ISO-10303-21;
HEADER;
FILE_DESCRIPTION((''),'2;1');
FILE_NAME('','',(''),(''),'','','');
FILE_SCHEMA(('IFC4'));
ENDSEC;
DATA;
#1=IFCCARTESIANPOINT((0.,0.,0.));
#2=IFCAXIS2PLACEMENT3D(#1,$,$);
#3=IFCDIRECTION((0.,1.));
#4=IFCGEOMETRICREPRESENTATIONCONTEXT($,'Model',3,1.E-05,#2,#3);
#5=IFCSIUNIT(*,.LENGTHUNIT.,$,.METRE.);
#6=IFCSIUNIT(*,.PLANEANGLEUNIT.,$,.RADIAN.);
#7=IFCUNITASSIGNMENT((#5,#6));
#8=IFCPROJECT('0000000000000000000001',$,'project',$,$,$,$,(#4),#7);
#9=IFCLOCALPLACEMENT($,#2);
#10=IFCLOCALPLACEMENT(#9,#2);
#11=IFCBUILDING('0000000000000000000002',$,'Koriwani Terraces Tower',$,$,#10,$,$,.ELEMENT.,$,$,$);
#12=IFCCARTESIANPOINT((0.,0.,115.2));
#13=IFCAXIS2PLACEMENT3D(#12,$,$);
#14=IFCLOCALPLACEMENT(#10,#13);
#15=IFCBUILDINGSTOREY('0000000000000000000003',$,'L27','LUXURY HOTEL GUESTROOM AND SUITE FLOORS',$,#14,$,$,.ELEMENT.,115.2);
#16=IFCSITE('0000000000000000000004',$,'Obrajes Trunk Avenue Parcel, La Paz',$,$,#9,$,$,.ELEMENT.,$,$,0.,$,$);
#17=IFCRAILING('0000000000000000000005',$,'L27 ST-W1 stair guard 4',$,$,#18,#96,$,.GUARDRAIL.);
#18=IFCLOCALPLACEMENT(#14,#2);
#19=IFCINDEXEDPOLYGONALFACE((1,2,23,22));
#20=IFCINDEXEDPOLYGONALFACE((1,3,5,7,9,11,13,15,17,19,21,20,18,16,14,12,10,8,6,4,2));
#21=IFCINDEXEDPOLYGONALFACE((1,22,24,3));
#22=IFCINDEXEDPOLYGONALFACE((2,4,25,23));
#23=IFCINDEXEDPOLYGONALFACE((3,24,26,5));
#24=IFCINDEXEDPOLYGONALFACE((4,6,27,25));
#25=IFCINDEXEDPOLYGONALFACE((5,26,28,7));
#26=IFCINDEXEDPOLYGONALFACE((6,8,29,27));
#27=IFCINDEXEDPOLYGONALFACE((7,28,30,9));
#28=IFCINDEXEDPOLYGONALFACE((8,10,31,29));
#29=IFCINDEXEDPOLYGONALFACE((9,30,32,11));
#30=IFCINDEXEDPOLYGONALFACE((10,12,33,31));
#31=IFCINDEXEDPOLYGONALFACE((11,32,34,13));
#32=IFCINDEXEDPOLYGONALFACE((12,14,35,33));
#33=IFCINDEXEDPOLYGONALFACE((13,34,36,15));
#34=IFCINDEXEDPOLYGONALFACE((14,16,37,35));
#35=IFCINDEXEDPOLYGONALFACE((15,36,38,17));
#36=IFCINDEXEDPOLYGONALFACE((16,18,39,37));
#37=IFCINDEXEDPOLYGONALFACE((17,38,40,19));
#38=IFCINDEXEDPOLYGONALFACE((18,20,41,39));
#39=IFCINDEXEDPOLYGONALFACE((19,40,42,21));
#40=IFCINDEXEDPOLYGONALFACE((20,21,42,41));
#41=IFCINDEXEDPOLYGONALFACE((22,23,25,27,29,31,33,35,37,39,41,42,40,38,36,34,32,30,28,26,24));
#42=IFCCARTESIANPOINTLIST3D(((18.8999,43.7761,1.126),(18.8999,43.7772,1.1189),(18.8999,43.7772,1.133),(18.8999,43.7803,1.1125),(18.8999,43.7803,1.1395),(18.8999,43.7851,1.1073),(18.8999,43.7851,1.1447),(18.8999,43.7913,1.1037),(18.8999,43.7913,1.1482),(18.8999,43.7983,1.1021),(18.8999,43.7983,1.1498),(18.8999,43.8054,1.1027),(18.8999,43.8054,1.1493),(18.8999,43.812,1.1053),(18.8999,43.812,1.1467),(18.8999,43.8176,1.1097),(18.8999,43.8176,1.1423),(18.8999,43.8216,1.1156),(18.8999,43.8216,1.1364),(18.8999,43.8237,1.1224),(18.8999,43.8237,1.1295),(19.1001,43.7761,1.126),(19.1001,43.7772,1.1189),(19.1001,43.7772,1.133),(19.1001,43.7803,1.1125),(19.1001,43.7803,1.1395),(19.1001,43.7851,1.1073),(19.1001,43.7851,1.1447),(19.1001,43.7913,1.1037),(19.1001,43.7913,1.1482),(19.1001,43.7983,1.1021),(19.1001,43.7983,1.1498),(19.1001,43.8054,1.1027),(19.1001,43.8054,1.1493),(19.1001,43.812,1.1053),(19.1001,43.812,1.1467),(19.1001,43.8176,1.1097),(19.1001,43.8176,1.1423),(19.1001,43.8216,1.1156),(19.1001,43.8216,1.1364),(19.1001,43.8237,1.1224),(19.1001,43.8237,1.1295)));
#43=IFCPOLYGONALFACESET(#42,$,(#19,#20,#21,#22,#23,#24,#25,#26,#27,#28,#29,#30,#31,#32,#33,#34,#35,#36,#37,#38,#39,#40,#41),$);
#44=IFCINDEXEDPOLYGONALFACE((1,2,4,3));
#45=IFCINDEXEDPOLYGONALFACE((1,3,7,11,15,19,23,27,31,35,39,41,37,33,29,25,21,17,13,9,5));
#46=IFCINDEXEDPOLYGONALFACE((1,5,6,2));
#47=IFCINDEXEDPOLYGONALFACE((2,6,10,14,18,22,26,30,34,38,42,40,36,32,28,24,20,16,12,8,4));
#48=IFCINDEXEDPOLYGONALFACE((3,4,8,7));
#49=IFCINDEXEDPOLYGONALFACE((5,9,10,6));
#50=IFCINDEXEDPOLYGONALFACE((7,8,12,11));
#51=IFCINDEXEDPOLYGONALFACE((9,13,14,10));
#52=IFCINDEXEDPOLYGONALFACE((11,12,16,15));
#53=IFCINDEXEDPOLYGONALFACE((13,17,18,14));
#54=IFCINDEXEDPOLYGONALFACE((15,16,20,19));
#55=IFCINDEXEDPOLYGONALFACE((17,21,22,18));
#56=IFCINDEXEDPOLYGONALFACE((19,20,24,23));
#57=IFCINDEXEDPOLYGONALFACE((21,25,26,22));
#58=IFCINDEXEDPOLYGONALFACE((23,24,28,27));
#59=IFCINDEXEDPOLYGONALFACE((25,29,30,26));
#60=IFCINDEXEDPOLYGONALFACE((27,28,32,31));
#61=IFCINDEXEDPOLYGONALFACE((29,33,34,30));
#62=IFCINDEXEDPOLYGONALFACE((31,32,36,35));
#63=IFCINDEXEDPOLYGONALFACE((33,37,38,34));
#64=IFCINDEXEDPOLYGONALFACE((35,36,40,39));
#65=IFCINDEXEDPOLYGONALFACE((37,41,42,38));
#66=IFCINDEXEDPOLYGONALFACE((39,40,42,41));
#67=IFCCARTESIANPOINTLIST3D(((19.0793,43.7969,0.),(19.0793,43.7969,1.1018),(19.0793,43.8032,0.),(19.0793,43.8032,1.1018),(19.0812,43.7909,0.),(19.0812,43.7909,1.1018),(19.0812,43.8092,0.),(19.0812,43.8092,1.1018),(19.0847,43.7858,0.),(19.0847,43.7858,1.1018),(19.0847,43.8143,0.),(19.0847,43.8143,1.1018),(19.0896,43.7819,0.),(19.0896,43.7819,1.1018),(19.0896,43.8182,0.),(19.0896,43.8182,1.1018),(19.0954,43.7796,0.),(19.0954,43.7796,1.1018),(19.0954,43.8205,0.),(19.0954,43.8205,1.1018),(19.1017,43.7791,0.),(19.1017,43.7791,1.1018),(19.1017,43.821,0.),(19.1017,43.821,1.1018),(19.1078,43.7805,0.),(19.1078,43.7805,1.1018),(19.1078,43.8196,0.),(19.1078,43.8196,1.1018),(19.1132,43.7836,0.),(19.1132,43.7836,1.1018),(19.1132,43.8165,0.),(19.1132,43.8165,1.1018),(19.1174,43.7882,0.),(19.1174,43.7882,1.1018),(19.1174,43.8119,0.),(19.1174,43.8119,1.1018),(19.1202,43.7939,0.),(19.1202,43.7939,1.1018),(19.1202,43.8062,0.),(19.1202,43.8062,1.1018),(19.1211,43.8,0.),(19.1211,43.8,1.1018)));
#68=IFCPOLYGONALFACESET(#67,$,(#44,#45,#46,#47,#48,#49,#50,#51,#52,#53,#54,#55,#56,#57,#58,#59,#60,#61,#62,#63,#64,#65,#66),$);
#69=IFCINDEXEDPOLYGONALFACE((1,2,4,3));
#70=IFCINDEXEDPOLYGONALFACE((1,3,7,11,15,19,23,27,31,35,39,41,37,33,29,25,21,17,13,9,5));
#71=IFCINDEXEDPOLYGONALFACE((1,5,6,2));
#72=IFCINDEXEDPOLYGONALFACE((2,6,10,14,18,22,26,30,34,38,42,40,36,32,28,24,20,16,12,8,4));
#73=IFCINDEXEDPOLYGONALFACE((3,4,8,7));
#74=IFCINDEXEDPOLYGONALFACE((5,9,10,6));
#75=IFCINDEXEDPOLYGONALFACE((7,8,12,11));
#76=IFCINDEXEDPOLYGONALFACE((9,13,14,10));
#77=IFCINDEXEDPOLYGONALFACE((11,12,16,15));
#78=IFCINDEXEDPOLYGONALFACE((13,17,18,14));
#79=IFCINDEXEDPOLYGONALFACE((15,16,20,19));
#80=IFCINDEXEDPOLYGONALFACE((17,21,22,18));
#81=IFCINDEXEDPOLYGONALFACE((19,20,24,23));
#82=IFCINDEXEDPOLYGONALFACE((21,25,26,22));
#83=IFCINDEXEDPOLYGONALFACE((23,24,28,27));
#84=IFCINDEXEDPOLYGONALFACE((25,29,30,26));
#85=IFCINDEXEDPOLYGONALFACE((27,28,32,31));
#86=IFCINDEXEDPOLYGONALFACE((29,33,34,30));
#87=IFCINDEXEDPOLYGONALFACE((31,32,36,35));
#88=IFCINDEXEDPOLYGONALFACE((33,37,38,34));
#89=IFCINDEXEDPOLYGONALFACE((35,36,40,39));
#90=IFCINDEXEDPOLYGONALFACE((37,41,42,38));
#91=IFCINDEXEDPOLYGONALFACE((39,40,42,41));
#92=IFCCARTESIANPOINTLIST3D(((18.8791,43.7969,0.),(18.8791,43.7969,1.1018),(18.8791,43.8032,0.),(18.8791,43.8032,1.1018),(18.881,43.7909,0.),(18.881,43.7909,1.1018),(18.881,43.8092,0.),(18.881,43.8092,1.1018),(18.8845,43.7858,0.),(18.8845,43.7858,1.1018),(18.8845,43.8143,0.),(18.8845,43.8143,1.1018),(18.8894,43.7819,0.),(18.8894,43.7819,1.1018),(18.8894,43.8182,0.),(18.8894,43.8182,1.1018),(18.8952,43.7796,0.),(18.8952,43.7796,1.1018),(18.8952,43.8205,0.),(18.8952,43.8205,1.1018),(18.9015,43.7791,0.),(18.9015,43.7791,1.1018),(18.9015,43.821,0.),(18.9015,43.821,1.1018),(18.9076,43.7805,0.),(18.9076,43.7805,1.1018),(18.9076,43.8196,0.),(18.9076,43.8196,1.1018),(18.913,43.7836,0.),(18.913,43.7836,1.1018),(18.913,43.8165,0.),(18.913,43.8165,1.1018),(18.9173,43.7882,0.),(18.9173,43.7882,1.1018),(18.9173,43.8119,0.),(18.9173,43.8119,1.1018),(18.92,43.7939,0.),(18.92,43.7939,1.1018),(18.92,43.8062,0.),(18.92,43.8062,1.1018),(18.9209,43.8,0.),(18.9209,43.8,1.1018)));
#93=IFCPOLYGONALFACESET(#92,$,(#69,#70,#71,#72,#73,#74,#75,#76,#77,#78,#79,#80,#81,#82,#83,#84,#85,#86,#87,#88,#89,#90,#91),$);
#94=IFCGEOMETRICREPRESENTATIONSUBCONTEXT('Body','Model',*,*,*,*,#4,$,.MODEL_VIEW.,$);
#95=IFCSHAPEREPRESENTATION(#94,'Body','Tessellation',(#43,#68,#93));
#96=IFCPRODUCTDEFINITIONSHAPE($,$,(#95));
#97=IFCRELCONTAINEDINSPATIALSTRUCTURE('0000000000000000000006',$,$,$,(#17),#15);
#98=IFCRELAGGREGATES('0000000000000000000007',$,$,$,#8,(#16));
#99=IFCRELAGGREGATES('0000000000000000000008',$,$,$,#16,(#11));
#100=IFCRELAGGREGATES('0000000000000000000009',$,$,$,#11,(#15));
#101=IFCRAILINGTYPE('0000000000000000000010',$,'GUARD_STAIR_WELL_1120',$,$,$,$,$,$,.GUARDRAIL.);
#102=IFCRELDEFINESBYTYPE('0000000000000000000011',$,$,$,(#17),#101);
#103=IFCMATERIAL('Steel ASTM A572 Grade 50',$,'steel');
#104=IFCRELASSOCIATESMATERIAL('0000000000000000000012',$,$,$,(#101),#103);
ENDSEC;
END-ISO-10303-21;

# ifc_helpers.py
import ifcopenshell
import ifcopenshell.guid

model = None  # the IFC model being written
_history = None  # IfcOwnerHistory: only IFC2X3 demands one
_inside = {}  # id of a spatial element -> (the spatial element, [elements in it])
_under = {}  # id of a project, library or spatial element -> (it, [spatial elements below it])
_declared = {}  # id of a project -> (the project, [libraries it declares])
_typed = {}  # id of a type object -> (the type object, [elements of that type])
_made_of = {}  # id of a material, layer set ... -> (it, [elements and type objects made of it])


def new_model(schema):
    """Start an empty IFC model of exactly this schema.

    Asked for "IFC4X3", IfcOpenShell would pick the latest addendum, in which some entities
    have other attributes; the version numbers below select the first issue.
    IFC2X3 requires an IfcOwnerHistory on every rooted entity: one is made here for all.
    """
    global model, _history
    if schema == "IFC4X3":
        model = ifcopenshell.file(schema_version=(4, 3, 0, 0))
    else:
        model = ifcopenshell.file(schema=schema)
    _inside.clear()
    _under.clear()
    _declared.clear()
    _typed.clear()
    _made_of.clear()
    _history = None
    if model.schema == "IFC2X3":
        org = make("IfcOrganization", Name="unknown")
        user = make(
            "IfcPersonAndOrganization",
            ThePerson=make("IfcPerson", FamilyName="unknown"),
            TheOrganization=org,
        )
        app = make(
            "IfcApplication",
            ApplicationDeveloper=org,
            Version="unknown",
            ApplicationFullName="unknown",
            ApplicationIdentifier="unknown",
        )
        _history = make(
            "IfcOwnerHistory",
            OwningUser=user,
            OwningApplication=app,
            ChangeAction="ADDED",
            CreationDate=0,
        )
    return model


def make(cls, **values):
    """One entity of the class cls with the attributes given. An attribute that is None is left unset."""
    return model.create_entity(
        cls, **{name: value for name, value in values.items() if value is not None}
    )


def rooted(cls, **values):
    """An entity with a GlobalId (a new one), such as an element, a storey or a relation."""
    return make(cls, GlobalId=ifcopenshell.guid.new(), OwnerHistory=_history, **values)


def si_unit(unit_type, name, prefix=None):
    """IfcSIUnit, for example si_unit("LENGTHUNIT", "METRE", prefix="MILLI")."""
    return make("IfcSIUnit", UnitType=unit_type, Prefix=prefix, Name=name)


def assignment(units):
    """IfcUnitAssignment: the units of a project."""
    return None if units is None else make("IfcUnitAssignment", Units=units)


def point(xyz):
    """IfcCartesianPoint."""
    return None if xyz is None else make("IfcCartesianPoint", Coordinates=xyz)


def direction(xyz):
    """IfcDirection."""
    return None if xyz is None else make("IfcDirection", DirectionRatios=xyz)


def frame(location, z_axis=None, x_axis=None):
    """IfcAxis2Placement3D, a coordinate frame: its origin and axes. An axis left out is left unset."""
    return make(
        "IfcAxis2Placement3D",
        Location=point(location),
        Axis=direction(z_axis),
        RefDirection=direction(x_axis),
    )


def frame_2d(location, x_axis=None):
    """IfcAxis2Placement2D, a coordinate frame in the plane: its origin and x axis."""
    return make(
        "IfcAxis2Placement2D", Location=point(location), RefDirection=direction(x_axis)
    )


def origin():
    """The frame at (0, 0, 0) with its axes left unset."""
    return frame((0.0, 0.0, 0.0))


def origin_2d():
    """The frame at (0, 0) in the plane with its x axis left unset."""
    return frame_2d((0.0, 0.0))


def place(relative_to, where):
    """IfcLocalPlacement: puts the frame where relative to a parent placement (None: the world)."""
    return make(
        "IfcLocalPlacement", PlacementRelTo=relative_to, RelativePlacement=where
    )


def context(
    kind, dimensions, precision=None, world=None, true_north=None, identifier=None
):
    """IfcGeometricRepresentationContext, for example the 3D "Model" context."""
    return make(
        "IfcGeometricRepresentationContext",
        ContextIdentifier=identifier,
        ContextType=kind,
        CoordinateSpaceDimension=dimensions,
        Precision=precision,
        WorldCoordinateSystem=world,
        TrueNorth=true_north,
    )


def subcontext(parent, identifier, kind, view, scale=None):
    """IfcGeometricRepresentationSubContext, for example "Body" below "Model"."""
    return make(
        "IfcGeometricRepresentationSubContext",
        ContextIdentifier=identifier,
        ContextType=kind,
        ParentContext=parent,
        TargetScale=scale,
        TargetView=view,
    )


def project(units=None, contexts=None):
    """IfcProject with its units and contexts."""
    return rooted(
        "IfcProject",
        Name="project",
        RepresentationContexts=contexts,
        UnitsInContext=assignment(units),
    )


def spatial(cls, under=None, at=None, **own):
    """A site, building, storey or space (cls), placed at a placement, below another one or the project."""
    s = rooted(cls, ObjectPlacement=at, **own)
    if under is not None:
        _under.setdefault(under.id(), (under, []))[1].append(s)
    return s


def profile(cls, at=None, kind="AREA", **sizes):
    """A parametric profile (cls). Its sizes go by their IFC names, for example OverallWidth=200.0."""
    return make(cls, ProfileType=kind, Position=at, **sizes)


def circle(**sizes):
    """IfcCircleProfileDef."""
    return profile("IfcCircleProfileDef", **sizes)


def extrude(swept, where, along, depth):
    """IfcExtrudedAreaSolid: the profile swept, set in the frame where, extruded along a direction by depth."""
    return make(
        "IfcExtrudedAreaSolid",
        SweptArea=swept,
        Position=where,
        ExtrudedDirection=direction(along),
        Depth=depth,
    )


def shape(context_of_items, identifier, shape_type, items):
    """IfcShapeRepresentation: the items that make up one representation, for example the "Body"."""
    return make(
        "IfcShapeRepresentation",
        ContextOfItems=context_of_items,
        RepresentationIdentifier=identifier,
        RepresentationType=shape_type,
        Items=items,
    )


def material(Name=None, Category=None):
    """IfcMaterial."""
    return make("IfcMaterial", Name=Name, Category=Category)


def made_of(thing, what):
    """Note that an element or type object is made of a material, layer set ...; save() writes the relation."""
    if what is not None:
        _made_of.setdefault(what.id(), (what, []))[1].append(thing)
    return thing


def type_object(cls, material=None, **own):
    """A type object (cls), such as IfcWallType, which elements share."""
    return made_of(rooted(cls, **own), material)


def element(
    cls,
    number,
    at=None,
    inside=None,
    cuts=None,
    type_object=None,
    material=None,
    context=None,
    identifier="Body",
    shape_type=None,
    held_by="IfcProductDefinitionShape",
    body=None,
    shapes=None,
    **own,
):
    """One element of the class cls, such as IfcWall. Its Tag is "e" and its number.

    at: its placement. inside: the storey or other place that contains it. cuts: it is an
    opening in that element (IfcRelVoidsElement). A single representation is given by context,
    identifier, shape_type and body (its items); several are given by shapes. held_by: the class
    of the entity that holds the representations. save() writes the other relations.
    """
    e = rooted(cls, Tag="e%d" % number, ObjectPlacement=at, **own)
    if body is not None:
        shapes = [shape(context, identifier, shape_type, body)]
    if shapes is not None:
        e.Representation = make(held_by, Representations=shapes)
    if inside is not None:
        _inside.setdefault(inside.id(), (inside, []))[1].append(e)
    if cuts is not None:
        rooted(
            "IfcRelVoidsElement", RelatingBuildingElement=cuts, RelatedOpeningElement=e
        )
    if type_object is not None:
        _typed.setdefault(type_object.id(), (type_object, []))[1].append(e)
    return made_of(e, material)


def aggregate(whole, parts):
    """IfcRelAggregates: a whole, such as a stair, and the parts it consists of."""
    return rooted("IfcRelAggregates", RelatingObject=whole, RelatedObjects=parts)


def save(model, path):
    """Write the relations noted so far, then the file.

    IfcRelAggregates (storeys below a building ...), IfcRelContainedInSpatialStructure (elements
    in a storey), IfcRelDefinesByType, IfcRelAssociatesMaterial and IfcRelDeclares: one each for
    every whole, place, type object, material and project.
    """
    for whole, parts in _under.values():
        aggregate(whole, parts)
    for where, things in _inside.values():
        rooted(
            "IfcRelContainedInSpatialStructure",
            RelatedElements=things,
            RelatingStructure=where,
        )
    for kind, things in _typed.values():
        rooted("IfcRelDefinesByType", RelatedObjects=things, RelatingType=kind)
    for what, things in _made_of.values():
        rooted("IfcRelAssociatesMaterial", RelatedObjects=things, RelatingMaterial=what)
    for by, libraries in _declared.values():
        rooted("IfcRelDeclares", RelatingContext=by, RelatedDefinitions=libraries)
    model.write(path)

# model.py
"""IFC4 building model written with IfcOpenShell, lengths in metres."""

from ifc_helpers import new_model, si_unit, direction, frame, origin, origin_2d, place, context, subcontext, project, spatial, circle, extrude, material, type_object, element, save


model = new_model("IFC4")

# Units and contexts
model_context = context("Model", 3, precision=1e-05, world=origin(), true_north=direction((0.0, 1.0)))
body_context = subcontext(model_context, "Body", "Model", "MODEL_VIEW")
ifc_project = project(units=[si_unit("LENGTHUNIT", "METRE"), si_unit("PLANEANGLEUNIT", "RADIAN")], contexts=[model_context])

# Site, building, storey
site_placement = place(None, origin())
site = spatial("IfcSite", under=ifc_project, at=site_placement, Name="Obrajes Trunk Avenue Parcel, La Paz", CompositionType="ELEMENT", RefElevation=0.0)
building_placement = place(site_placement, origin())
building = spatial("IfcBuilding", under=site, at=building_placement, Name="Koriwani Terraces Tower", CompositionType="ELEMENT")
storey_placement = place(building_placement, frame((0.0, 0.0, 115.2)))
storey = spatial("IfcBuildingStorey", under=building, at=storey_placement, Name="L27", Description="LUXURY HOTEL GUESTROOM AND SUITE FLOORS", CompositionType="ELEMENT", Elevation=115.2)

# Shared definitions
ifc_material_1 = material(Name="Steel ASTM A572 Grade 50", Category="steel")

# Railing
railing_type_1 = type_object("IfcRailingType", Name="GUARD_STAIR_WELL_1120", PredefinedType="GUARDRAIL", material=ifc_material_1)
railing_1_placement = place(storey_placement, frame((19.1001, 43.8, 0.0)))
element("IfcRailing", 1, at=railing_1_placement, inside=storey, type_object=railing_type_1, Name="L27 ST-W1 stair guard 4", PredefinedType="GUARDRAIL", context=body_context, shape_type="SweptSolid", body=[
    extrude(circle(Radius=0.0239, at=origin_2d()), frame((0.0, 0.0, 1.126), z_axis=(-1.0, 0.0, 0.0), x_axis=(0.0, -1.0, 0.0)), (0.0, 0.0, 1.0), 0.2002),
    extrude(circle(Radius=0.021, at=origin_2d()), origin(), (0.0, 0.0, 1.0), 1.1018),
    extrude(circle(Radius=0.021, at=origin_2d()), frame((-0.2002, 0.0, 0.0)), (0.0, 0.0, 1.0), 1.1018),
])

save(model, "model.ifc")
